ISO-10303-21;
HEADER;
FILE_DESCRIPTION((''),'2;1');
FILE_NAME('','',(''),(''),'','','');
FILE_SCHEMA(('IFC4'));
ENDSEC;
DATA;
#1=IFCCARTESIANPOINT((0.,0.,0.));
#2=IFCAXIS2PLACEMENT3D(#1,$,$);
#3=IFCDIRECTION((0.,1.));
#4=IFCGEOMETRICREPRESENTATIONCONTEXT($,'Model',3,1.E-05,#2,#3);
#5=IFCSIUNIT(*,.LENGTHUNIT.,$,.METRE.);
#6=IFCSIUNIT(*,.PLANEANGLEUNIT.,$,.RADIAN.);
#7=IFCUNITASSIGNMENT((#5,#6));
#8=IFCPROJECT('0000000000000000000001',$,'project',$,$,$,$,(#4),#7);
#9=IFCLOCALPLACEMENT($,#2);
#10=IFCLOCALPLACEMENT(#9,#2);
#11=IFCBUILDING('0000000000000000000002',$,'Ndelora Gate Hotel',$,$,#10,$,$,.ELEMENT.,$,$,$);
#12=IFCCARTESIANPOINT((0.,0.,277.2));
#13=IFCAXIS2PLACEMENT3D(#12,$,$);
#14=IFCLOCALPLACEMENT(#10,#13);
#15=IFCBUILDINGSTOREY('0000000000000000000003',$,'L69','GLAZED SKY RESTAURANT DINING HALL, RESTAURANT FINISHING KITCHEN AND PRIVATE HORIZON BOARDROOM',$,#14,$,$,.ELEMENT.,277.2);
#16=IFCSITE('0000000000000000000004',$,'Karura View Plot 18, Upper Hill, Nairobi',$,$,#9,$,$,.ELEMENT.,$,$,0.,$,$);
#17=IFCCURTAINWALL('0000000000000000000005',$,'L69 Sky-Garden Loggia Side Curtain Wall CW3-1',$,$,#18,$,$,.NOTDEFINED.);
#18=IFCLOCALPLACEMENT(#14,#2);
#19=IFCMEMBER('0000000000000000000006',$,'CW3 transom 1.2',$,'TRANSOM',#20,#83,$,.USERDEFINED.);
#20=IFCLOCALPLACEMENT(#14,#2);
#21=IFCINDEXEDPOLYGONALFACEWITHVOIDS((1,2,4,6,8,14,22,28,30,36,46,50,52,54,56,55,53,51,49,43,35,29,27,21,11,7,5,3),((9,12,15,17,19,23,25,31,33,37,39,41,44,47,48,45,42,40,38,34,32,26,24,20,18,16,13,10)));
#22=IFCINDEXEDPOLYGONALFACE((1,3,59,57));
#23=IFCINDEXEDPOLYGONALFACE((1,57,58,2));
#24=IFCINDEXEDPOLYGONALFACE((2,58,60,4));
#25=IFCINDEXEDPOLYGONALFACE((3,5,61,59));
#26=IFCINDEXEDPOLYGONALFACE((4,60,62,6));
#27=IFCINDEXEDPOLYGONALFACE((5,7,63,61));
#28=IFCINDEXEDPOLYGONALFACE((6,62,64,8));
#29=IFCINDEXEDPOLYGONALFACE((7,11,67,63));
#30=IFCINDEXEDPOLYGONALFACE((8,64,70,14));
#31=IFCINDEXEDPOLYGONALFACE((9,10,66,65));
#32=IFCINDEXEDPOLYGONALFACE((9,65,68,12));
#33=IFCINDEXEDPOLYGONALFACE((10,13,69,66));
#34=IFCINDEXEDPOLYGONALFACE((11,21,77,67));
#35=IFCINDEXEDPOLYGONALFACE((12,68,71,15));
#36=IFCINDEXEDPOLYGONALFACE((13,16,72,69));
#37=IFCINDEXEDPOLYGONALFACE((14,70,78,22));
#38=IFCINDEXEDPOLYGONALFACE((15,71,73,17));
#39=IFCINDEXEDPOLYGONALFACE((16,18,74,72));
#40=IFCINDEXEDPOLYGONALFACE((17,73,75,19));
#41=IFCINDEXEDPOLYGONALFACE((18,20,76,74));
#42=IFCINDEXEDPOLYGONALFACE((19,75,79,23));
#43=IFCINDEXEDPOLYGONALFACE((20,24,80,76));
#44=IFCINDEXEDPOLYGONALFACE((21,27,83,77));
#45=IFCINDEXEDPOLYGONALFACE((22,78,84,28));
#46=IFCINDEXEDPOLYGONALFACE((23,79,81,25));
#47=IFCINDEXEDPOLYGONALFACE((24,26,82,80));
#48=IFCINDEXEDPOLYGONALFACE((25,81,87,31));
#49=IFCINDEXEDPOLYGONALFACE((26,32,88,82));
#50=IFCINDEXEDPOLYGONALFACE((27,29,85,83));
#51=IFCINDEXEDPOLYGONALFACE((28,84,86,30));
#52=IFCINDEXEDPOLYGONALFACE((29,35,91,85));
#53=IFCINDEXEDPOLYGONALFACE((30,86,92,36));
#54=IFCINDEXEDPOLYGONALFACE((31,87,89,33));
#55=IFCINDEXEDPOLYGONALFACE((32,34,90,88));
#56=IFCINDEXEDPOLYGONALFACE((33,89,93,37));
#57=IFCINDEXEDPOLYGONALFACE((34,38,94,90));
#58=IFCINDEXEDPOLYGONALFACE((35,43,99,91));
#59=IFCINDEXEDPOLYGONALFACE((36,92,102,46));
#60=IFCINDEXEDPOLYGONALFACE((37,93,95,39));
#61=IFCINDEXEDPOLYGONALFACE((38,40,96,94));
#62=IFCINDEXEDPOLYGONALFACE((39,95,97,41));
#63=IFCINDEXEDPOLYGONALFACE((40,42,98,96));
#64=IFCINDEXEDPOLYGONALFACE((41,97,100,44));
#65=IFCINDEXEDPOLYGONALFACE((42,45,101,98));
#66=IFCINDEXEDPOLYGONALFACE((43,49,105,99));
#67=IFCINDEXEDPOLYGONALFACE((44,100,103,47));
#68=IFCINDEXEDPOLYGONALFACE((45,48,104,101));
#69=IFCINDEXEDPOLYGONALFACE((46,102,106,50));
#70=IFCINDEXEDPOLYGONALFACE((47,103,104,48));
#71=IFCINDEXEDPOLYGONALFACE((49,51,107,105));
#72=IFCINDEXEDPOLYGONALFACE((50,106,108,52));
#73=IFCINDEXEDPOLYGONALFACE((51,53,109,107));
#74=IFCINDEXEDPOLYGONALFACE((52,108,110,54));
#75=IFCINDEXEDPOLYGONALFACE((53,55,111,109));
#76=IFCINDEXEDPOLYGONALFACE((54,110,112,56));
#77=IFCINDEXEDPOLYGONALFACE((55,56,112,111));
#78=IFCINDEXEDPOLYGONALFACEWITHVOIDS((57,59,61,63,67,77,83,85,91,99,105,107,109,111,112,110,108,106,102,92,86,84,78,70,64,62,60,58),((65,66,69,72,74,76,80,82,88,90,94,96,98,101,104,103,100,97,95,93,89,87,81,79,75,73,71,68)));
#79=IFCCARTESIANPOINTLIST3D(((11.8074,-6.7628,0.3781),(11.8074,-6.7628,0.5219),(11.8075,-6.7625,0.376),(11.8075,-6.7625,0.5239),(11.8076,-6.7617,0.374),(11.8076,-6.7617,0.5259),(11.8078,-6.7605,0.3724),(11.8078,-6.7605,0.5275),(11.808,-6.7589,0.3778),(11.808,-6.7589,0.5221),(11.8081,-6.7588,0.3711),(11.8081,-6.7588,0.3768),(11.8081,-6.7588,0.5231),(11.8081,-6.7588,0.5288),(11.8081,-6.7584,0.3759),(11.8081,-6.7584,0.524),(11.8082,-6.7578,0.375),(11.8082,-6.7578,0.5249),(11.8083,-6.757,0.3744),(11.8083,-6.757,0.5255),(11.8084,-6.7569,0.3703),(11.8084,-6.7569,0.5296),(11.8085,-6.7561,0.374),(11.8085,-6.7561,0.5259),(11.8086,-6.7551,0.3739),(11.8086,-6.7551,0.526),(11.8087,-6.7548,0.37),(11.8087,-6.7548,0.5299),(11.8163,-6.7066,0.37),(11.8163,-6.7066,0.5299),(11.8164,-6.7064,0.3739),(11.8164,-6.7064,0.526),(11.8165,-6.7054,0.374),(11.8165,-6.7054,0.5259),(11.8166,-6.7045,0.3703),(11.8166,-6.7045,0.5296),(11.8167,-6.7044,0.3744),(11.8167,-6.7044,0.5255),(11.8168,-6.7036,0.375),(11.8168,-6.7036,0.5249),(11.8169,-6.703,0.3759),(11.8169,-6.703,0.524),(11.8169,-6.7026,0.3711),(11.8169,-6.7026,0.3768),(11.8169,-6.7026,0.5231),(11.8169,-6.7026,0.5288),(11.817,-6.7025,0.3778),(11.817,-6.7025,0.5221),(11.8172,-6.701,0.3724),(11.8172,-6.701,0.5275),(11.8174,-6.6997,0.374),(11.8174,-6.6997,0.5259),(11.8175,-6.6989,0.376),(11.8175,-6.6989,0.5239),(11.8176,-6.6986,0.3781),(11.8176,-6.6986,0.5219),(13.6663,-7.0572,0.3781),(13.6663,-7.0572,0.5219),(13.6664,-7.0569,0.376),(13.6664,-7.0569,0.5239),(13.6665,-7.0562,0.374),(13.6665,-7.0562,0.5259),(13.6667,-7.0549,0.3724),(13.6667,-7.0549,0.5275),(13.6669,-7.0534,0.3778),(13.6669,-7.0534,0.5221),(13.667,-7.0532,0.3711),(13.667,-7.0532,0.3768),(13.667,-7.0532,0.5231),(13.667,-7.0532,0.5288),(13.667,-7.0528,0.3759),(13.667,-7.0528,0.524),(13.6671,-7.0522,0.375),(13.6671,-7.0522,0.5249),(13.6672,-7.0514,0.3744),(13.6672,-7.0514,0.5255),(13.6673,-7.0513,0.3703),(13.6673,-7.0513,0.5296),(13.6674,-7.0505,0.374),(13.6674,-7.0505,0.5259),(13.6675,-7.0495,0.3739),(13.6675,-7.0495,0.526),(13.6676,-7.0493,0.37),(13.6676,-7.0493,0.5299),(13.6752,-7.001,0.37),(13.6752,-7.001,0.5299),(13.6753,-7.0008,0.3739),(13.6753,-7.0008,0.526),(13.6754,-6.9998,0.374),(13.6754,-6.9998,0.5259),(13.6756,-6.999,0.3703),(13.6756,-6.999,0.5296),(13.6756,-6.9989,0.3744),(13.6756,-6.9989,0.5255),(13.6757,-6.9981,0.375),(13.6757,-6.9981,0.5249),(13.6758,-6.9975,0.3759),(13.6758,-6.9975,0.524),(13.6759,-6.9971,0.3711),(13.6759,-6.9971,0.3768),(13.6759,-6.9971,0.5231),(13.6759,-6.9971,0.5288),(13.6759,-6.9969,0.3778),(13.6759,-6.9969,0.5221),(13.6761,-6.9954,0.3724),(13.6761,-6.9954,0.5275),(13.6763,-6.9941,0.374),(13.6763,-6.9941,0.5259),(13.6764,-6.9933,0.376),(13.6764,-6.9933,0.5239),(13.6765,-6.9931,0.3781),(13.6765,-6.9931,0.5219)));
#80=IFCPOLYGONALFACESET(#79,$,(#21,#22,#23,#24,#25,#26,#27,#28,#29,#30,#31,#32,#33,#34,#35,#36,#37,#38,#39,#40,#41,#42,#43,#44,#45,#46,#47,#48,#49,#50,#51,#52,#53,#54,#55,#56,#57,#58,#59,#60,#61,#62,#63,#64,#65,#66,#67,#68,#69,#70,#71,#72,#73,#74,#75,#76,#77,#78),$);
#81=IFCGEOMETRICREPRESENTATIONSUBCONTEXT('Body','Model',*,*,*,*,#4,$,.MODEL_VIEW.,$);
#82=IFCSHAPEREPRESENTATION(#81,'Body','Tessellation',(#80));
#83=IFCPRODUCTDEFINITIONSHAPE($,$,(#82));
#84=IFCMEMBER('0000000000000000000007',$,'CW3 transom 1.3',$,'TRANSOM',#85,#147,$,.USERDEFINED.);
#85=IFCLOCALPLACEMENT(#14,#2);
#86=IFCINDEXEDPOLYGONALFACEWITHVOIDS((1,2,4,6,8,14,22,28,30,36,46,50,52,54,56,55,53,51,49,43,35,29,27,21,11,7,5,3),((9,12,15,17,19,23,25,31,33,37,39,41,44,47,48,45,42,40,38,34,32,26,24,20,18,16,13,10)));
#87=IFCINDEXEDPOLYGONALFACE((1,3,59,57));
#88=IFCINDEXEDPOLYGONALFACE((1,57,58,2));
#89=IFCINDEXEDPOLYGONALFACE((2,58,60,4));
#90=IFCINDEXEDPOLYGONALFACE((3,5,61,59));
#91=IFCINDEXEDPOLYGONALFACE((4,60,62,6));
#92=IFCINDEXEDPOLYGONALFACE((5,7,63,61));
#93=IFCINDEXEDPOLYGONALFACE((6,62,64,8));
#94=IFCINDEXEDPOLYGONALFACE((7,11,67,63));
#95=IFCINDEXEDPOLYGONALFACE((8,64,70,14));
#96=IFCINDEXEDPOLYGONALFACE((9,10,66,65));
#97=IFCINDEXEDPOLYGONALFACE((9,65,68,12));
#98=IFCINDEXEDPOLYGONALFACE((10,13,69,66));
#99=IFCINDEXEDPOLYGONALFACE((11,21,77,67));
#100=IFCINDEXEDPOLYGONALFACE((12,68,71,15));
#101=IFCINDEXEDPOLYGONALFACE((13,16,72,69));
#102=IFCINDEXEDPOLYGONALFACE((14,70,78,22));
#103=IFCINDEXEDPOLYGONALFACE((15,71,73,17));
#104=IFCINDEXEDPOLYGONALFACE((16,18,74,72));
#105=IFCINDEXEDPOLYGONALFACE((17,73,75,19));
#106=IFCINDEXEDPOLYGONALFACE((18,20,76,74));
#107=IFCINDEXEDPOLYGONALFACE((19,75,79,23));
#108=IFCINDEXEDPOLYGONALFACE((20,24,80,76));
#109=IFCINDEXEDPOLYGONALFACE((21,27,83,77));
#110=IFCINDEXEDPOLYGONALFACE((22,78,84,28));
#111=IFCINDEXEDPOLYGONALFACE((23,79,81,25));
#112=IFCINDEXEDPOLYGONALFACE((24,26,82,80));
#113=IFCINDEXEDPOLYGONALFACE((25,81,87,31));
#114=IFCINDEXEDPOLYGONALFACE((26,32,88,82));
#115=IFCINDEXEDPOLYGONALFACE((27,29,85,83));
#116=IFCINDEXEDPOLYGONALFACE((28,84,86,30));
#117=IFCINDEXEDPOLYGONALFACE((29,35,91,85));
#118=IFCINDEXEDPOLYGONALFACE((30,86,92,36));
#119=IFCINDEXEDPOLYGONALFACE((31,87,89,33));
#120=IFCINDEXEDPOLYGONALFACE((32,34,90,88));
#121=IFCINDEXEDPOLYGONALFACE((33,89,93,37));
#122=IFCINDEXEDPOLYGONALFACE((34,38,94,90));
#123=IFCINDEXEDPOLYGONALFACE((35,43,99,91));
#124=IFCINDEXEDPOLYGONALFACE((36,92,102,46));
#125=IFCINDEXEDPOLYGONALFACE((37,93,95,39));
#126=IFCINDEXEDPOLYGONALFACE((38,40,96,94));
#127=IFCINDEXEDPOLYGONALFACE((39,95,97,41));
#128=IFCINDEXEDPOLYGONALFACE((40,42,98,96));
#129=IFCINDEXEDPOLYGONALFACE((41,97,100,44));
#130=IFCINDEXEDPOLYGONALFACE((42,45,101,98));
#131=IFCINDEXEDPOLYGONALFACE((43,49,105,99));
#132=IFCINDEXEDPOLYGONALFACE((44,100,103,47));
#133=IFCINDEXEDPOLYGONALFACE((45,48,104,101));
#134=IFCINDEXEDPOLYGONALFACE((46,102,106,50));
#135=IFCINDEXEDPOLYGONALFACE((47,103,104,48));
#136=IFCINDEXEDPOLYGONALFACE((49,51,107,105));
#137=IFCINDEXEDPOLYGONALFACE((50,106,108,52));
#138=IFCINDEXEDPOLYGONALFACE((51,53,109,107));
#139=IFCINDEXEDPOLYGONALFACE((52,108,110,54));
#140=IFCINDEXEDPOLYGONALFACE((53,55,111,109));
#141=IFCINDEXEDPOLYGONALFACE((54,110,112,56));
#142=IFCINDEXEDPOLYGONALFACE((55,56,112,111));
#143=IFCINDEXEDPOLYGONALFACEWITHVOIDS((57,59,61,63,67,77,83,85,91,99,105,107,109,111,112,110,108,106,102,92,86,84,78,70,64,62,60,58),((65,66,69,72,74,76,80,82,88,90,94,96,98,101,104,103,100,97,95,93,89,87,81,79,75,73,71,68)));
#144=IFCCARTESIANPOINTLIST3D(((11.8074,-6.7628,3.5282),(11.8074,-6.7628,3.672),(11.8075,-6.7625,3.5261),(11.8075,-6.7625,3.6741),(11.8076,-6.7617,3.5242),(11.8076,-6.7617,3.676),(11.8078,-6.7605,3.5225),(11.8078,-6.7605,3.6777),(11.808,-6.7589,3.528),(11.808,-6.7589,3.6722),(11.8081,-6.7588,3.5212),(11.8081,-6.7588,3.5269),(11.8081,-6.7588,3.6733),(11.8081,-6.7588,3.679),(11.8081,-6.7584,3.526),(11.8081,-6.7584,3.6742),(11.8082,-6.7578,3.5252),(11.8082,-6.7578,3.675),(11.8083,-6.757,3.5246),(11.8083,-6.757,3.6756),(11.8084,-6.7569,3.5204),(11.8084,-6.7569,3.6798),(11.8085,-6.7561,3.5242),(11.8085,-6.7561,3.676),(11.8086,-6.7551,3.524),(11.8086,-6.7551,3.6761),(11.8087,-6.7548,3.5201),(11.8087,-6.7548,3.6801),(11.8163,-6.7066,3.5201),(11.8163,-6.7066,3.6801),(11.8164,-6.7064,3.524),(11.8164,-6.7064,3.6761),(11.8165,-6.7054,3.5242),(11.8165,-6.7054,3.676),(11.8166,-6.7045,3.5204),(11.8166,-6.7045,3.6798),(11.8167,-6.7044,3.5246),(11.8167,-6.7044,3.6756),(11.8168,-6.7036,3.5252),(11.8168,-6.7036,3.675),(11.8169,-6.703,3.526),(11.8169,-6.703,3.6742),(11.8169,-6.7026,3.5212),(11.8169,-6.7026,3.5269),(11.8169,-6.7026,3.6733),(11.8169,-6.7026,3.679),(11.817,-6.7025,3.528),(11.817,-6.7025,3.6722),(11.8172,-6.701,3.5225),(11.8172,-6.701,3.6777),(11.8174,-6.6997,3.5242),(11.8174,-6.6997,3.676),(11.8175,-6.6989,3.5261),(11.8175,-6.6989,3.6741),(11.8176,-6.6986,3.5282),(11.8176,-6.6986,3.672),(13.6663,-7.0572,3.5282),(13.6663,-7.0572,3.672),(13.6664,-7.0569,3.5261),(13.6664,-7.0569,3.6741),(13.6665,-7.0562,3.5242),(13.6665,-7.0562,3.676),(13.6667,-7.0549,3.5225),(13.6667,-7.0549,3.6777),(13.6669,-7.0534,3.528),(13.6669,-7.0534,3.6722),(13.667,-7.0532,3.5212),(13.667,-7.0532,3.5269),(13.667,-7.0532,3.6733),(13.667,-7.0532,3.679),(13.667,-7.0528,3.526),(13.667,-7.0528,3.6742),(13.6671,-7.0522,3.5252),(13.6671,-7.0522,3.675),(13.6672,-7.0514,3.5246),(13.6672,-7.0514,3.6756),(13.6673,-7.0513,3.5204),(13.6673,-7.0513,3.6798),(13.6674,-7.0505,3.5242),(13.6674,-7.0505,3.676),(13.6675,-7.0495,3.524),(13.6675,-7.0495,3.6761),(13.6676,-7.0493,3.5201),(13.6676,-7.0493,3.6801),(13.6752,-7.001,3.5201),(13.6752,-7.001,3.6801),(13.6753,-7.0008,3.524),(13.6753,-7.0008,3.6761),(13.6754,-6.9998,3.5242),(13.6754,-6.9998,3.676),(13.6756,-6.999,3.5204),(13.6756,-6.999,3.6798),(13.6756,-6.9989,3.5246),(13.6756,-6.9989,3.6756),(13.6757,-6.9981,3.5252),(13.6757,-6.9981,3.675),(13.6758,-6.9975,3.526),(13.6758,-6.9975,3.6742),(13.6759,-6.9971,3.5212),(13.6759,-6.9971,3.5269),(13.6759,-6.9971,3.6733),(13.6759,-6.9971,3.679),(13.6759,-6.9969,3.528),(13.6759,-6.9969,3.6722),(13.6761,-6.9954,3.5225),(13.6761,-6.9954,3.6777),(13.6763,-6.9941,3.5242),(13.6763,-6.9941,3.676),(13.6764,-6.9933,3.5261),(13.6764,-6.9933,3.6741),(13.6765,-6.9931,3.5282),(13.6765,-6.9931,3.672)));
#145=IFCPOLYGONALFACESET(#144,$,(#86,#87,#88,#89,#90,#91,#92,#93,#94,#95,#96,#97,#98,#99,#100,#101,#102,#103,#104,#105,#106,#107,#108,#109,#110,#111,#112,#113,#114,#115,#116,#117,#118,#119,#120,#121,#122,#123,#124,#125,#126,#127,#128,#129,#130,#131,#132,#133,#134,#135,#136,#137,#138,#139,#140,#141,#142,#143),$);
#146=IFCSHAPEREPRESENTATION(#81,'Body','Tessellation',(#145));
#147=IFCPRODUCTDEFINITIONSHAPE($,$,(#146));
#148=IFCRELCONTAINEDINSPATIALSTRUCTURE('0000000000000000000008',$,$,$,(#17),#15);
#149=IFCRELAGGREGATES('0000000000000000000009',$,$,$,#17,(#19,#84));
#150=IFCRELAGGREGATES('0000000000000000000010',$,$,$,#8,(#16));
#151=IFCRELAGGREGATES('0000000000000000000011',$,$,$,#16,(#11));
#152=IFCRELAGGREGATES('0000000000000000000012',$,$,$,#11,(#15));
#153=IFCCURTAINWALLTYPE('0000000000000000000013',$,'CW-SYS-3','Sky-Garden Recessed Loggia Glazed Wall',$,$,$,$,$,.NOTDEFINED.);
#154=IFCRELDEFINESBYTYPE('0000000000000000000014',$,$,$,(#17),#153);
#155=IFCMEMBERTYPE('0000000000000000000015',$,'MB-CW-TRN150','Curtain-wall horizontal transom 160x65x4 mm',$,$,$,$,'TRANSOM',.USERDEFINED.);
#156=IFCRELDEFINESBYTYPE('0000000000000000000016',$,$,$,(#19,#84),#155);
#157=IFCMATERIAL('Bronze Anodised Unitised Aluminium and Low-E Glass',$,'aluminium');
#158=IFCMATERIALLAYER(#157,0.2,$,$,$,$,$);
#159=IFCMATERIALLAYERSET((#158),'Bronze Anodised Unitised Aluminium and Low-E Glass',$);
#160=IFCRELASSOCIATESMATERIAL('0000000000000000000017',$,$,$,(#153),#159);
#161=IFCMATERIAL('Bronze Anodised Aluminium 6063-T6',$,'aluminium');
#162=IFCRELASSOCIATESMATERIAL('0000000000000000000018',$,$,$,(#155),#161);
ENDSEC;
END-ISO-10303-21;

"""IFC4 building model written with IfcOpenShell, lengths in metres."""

from ifc_helpers import new_model, si_unit, direction, frame, origin, origin_2d, place, context, subcontext, project, spatial, hollow_rectangle, extrude, material, layer, layer_set, material_profile, profile_set, type_object, element, aggregate, save


model = new_model("IFC4")

# Units and contexts
model_context = context("Model", 3, precision=1e-05, world=origin(), true_north=direction((0.0, 1.0)))
body_context = subcontext(model_context, "Body", "Model", "MODEL_VIEW")
ifc_project = project(units=[si_unit("LENGTHUNIT", "METRE"), si_unit("PLANEANGLEUNIT", "RADIAN")], contexts=[model_context])

# Site, building, storey
site_placement = place(None, origin())
site = spatial("IfcSite", under=ifc_project, at=site_placement, Name="Karura View Plot 18, Upper Hill, Nairobi", CompositionType="ELEMENT", RefElevation=0.0)
building_placement = place(site_placement, origin())
building = spatial("IfcBuilding", under=site, at=building_placement, Name="Ndelora Gate Hotel", CompositionType="ELEMENT")
storey_placement = place(building_placement, frame((0.0, 0.0, 277.2)))
storey = spatial("IfcBuildingStorey", under=building, at=storey_placement, Name="L69", Description="GLAZED SKY RESTAURANT DINING HALL, RESTAURANT FINISHING KITCHEN AND PRIVATE HORIZON BOARDROOM", CompositionType="ELEMENT", Elevation=277.2)

# Curtain wall, members
ifc_material_1 = material(Name="Bronze Anodised Unitised Aluminium and Low-E Glass", Category="aluminium")
ifc_layer_1 = layer(ifc_material_1, 0.2)
ifc_layer_set_1 = layer_set([ifc_layer_1], Name="Bronze Anodised Unitised Aluminium and Low-E Glass")
curtain_wall_type = type_object("IfcCurtainWallType", Name="CW-SYS-3", Description="Sky-Garden Recessed Loggia Glazed Wall", PredefinedType="NOTDEFINED", material=ifc_layer_set_1)
curtain_wall_placement = place(storey_placement, origin())
curtain_wall = element("IfcCurtainWall", 1, at=curtain_wall_placement, inside=storey, type_object=curtain_wall_type, Name="L69 Sky-Garden Loggia Side Curtain Wall CW3-1", PredefinedType="NOTDEFINED")
ifc_material_2 = material(Name="Bronze Anodised Aluminium 6063-T6", Category="aluminium")
ifc_material_profile_1 = material_profile(ifc_material_2, hollow_rectangle(XDim=0.0649, YDim=0.1599, WallThickness=0.0039, InnerFilletRadius=0.0039, OuterFilletRadius=0.0081, at=origin_2d()), Name="ALU 160x65x4")
ifc_profile_set_1 = profile_set([ifc_material_profile_1], Name="Bronze Anodised Aluminium 6063-T6")
member_type_1 = type_object("IfcMemberType", Name="MB-CW-TRN150", Description="Curtain-wall horizontal transom 160x65x4 mm", ElementType="TRANSOM", PredefinedType="USERDEFINED", material=ifc_profile_set_1)
member_1_placement = place(storey_placement, frame((11.8125, -6.7307, 0.45), z_axis=(0.987687, -0.156442, 0.0), x_axis=(0.156442, 0.987687, 0.0)))
member_1 = element("IfcMember", 2, at=member_1_placement, type_object=member_type_1, Name="CW3 transom 1.2", ObjectType="TRANSOM", PredefinedType="USERDEFINED", context=body_context, shape_type="SweptSolid", body=[
    extrude(hollow_rectangle(XDim=0.0649, YDim=0.1599, WallThickness=0.0039, InnerFilletRadius=0.0039, OuterFilletRadius=0.0081, at=origin_2d()), origin(), (0.0, 0.0, 1.0), 1.8821),
])
member_2_placement = place(storey_placement, frame((11.8125, -6.7307, 3.6001), z_axis=(0.987687, -0.156442, 0.0), x_axis=(0.156442, 0.987687, 0.0)))
member_2 = element("IfcMember", 3, at=member_2_placement, type_object=member_type_1, Name="CW3 transom 1.3", ObjectType="TRANSOM", PredefinedType="USERDEFINED", context=body_context, shape_type="SweptSolid", body=[
    extrude(hollow_rectangle(XDim=0.0649, YDim=0.1599, WallThickness=0.0039, InnerFilletRadius=0.0039, OuterFilletRadius=0.0081, at=origin_2d()), origin(), (0.0, 0.0, 1.0), 1.8821),
])
aggregate(curtain_wall, [member_1, member_2])

save(model, "model.ifc")
